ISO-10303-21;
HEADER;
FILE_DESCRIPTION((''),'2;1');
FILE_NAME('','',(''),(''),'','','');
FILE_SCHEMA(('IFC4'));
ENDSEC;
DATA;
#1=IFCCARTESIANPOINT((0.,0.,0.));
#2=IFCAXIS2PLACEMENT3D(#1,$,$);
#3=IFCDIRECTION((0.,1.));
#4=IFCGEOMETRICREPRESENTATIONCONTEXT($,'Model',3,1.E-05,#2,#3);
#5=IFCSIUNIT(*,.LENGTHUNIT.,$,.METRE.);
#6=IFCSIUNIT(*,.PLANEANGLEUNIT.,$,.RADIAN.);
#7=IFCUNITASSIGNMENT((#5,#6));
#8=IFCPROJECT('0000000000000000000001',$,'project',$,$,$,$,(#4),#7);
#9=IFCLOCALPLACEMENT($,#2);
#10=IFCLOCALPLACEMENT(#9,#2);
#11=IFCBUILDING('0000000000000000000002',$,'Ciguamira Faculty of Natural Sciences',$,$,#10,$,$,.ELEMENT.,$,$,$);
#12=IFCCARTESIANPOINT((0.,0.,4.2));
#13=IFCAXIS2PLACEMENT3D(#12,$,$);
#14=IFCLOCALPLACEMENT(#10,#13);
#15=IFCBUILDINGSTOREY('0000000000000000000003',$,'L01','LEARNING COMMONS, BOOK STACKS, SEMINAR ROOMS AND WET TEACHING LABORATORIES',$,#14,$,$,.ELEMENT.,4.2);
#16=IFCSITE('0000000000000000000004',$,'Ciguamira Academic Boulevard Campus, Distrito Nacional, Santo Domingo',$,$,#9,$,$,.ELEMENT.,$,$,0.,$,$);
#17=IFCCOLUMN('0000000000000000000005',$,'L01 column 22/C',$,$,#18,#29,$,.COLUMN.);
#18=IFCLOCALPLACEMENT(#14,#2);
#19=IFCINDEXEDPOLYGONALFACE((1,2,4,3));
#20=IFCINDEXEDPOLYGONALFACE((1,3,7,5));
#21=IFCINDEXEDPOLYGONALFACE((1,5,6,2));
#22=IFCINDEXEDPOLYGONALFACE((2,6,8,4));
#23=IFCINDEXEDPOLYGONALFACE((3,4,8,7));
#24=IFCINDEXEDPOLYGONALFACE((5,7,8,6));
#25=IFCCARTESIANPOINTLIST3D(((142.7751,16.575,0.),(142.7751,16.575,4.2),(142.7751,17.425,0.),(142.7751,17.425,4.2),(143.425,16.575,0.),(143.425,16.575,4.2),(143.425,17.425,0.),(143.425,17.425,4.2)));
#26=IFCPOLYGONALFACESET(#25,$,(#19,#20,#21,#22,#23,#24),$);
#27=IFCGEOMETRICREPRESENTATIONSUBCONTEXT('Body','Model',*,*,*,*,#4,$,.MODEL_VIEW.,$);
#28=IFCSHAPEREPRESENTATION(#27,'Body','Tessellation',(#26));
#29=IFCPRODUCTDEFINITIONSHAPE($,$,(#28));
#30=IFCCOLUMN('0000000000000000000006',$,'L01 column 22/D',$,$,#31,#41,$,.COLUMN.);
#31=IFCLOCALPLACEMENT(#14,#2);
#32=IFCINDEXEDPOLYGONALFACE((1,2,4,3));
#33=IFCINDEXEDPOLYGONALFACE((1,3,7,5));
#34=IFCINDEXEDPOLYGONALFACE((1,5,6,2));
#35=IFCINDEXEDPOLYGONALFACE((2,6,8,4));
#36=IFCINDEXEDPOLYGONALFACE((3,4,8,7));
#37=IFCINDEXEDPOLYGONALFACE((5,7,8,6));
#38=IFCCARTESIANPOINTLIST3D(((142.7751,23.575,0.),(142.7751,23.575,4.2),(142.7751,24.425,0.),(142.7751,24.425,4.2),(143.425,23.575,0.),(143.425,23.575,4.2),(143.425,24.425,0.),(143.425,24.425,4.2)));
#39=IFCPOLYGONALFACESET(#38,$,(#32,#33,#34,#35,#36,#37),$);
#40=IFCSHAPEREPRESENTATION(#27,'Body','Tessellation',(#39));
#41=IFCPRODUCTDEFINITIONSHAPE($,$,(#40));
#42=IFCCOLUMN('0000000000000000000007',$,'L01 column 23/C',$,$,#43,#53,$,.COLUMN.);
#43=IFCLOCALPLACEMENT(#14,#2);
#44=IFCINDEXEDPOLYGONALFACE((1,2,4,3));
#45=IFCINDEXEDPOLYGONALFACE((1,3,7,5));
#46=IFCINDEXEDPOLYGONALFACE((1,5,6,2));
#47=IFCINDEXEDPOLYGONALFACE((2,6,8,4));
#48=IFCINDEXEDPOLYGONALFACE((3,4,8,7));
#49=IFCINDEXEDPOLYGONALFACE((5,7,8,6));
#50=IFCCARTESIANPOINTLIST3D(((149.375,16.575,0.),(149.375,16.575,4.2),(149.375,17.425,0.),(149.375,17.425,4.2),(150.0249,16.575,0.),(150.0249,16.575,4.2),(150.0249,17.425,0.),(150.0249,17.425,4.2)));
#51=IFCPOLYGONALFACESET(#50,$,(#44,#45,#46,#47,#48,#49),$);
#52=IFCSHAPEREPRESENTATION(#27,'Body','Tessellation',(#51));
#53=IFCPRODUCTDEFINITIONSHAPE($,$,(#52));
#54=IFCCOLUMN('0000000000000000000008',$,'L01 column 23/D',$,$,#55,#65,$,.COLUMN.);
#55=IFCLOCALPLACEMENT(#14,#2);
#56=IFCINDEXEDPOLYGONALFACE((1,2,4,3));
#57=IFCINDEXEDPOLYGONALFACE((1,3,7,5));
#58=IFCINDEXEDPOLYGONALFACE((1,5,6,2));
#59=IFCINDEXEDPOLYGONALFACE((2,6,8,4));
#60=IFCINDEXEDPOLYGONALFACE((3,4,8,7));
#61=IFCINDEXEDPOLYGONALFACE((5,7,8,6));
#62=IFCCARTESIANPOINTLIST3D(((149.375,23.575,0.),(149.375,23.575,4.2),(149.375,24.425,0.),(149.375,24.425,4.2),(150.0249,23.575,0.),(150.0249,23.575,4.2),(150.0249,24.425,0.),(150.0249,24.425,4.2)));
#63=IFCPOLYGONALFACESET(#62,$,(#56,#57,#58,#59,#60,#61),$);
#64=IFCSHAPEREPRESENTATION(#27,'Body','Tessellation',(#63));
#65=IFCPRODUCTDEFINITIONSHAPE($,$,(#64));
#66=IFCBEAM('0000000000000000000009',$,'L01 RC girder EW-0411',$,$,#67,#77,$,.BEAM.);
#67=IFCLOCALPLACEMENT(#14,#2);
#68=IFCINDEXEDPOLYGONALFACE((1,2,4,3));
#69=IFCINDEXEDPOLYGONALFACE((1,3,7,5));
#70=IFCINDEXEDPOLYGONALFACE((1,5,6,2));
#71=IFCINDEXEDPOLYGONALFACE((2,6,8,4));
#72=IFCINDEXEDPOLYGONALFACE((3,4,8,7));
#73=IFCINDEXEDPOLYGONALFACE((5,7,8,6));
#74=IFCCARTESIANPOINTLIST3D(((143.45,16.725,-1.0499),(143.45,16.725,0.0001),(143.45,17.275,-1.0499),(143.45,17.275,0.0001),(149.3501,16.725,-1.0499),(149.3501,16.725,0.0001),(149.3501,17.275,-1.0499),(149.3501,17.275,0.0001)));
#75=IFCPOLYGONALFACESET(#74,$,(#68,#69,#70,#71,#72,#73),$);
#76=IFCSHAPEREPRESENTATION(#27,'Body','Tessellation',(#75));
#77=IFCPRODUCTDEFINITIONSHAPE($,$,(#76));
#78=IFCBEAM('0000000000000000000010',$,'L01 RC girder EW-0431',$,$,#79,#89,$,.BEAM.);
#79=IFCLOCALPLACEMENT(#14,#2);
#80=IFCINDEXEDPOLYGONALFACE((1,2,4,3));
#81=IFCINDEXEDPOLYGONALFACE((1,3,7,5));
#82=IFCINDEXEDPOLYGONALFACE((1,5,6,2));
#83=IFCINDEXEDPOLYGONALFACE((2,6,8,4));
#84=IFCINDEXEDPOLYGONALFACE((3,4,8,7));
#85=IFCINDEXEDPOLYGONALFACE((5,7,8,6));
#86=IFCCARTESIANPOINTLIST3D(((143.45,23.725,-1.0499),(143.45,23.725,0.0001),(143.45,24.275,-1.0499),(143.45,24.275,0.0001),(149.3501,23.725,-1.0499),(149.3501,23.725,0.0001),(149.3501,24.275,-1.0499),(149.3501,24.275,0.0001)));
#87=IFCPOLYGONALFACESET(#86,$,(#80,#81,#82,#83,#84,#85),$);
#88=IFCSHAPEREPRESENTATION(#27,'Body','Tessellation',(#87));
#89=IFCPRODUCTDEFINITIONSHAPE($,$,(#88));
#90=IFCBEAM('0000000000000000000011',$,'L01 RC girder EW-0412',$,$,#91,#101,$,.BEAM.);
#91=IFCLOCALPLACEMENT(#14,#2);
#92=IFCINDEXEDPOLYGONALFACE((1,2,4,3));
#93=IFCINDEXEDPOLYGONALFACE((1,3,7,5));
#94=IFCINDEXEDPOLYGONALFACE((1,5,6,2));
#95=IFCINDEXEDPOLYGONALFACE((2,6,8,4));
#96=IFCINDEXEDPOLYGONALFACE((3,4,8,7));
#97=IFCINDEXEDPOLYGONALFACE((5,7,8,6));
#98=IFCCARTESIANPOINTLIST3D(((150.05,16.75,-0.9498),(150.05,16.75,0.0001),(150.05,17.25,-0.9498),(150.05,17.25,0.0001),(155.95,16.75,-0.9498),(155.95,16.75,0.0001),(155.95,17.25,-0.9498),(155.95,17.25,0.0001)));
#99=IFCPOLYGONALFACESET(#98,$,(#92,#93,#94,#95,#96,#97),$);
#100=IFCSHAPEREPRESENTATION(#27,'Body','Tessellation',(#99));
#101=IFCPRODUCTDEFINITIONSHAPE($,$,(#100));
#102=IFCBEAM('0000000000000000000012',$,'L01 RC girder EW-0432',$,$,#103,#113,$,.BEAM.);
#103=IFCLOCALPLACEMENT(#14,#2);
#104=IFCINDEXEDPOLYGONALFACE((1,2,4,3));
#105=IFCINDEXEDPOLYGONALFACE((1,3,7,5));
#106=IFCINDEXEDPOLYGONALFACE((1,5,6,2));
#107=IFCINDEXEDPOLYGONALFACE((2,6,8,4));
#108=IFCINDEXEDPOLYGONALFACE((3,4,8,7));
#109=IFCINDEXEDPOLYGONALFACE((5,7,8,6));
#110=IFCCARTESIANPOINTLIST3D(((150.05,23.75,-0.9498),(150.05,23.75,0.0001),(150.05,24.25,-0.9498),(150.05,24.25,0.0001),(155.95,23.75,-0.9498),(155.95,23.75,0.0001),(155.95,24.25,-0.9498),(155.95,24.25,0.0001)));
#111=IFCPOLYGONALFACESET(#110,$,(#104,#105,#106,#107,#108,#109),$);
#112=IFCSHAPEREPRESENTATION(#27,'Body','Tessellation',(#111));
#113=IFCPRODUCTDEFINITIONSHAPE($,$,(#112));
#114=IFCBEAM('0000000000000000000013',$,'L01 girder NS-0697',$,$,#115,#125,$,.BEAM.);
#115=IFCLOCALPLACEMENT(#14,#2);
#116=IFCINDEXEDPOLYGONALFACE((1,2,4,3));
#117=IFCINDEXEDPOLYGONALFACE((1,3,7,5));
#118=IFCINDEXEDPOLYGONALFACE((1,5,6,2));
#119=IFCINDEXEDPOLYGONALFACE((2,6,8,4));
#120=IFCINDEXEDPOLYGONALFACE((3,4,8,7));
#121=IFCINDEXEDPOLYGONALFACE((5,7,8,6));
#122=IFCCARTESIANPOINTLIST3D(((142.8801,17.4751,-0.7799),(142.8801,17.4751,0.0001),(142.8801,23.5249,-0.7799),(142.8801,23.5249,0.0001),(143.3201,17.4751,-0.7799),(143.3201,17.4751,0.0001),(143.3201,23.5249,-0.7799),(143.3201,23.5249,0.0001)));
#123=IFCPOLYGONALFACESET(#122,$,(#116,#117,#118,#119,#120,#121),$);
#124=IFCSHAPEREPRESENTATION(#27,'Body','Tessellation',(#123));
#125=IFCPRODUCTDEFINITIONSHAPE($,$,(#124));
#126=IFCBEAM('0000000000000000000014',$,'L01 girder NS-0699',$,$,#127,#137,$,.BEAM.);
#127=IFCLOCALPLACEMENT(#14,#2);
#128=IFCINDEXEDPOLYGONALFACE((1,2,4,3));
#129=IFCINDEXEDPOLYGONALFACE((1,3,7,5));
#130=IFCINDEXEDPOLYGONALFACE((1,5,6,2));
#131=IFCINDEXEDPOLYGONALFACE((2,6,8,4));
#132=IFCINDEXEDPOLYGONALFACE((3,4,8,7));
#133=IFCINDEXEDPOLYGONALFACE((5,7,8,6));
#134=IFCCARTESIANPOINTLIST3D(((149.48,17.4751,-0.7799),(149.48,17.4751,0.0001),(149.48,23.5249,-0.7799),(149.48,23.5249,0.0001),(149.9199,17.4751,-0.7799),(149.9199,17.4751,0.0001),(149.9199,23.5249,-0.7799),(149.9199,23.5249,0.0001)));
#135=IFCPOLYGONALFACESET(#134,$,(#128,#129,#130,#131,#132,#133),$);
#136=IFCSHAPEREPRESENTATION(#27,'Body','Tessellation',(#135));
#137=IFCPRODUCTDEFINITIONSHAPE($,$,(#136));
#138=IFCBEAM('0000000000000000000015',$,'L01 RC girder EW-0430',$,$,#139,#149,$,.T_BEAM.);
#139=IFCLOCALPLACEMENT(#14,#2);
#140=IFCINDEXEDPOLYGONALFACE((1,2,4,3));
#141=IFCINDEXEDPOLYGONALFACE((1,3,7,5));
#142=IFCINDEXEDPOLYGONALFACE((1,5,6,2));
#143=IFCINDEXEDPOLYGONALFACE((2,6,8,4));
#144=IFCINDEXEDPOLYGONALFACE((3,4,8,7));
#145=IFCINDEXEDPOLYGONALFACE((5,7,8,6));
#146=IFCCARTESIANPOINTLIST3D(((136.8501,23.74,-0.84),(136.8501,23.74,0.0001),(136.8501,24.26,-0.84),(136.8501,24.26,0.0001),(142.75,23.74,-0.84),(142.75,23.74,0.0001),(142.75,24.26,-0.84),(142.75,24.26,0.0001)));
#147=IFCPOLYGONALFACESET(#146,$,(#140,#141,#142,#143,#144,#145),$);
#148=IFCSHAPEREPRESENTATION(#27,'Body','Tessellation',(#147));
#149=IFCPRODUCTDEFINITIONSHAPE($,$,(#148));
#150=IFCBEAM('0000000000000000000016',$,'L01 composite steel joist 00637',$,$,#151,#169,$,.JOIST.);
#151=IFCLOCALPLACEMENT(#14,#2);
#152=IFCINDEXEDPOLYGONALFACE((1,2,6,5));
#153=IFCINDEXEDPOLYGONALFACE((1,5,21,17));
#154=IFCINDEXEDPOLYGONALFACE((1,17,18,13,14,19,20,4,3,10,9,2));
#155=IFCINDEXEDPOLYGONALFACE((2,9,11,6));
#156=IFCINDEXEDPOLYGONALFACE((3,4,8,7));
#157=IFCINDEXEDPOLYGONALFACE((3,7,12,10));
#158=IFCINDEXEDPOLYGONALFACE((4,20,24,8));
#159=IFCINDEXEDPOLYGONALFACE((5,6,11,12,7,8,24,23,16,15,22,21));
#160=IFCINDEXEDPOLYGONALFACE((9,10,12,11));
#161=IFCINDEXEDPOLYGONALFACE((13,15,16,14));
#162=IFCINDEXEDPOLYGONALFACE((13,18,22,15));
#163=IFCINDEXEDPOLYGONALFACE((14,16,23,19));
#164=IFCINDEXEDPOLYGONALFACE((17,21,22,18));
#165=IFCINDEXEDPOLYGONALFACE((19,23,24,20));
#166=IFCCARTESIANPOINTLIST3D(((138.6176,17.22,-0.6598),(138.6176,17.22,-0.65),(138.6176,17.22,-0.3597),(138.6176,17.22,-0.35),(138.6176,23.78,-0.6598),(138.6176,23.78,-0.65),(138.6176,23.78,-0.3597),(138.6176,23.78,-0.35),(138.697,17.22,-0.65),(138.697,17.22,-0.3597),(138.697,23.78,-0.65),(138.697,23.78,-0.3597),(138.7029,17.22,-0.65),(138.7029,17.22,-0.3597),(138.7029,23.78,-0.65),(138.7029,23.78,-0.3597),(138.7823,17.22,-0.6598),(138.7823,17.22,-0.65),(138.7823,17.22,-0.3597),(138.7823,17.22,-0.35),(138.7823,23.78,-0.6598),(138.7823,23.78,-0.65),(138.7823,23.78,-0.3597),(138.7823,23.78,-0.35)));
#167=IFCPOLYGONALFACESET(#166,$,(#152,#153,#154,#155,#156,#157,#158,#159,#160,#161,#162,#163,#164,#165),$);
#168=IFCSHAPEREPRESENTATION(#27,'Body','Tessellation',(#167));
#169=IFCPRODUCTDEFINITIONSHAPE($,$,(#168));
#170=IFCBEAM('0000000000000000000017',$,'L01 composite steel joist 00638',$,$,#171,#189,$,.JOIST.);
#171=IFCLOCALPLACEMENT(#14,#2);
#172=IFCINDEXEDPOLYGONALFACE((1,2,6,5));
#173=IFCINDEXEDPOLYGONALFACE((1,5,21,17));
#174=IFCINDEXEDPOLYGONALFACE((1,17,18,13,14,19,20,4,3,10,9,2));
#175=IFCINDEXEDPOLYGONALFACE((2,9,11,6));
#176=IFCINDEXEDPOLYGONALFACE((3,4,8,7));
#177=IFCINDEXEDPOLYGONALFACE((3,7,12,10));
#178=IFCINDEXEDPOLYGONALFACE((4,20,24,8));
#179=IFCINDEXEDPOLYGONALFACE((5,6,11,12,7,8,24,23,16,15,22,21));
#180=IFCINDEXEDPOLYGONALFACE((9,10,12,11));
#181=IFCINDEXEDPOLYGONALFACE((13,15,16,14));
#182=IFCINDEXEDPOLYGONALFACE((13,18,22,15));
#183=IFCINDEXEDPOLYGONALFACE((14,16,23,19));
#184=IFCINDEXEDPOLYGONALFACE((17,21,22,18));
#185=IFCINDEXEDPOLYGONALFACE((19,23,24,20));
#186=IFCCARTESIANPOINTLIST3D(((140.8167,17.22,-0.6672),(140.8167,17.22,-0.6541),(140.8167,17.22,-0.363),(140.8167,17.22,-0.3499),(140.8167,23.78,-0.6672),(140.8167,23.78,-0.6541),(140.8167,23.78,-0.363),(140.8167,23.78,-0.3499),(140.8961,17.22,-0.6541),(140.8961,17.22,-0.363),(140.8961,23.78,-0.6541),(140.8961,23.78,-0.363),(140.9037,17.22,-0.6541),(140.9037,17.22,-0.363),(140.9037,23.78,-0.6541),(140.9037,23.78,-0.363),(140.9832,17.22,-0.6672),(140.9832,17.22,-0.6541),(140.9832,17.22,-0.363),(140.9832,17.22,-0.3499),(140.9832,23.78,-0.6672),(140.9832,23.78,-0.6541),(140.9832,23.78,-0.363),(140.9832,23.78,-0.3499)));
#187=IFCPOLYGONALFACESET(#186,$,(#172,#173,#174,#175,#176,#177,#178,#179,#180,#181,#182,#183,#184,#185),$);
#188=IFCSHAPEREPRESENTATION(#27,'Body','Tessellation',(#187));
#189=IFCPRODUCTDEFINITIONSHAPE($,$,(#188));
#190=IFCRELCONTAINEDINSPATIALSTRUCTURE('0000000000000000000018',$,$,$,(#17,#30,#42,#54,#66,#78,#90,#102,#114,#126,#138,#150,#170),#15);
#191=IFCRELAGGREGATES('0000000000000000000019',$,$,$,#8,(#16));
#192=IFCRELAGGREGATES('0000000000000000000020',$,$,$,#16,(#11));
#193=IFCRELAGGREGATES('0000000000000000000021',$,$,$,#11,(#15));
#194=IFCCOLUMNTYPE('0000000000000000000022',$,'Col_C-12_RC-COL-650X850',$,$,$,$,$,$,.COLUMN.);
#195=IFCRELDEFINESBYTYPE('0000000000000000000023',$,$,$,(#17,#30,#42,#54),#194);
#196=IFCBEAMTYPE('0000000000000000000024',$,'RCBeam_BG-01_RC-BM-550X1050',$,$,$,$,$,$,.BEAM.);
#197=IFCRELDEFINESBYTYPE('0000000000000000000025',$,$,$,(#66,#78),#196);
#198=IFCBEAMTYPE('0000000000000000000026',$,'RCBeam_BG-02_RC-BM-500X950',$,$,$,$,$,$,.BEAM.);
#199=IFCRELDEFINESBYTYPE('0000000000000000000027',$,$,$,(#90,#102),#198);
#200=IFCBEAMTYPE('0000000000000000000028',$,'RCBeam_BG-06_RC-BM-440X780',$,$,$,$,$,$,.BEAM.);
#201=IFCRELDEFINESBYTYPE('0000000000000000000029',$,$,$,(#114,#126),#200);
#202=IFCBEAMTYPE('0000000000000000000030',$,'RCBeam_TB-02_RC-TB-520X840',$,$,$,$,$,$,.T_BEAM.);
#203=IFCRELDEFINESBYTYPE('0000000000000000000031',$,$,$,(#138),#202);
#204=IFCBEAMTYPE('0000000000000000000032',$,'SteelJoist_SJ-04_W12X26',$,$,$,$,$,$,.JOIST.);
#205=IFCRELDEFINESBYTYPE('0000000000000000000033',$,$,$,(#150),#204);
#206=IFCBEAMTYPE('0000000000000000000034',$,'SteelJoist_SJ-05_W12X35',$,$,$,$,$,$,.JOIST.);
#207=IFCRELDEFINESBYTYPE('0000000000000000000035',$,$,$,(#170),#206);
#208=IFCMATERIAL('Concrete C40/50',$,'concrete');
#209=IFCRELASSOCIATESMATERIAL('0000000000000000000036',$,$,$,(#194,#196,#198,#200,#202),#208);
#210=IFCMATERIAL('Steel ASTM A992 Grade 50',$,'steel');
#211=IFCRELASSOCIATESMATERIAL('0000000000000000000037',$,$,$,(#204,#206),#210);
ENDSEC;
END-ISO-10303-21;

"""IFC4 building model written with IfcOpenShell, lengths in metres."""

from ifc_helpers import new_model, si_unit, direction, frame, origin, origin_2d, place, context, subcontext, project, spatial, rectangle, i_section, extrude, material, material_profile, profile_set, type_object, element, save


model = new_model("IFC4")

# Units and contexts
model_context = context("Model", 3, precision=1e-05, world=origin(), true_north=direction((0.0, 1.0)))
body_context = subcontext(model_context, "Body", "Model", "MODEL_VIEW")
ifc_project = project(units=[si_unit("LENGTHUNIT", "METRE"), si_unit("PLANEANGLEUNIT", "RADIAN")], contexts=[model_context])

# Site, building, storey
site_placement = place(None, origin())
site = spatial("IfcSite", under=ifc_project, at=site_placement, Name="Ciguamira Academic Boulevard Campus, Distrito Nacional, Santo Domingo", CompositionType="ELEMENT", RefElevation=0.0)
building_placement = place(site_placement, origin())
building = spatial("IfcBuilding", under=site, at=building_placement, Name="Ciguamira Faculty of Natural Sciences", CompositionType="ELEMENT")
storey_placement = place(building_placement, frame((0.0, 0.0, 4.2)))
storey = spatial("IfcBuildingStorey", under=building, at=storey_placement, Name="L01", Description="LEARNING COMMONS, BOOK STACKS, SEMINAR ROOMS AND WET TEACHING LABORATORIES", CompositionType="ELEMENT", Elevation=4.2)

# Columns
ifc_material_1 = material(Name="Concrete C40/50", Category="concrete")
ifc_material_profile_1 = material_profile(ifc_material_1, rectangle(XDim=0.6499, YDim=0.8501, at=origin_2d()), Name="RC-COL-650X850")
ifc_profile_set_1 = profile_set([ifc_material_profile_1], Name="Concrete C40/50")
column_type = type_object("IfcColumnType", Name="Col_C-12_RC-COL-650X850", PredefinedType="COLUMN", material=ifc_profile_set_1)
for number, where, z_axis, x_axis, name in (
    (1, (143.1001, 17.0, 0.0), (0.0, 0.0, 1.0), (1.0, 0.0, 0.0), "L01 column 22/C"),
    (2, (143.1001, 24.0, 0.0), (0.0, 0.0, 1.0), (1.0, 0.0, 0.0), "L01 column 22/D"),
    (3, (149.7, 17.0, 0.0), (0.0, 0.0, 1.0), (1.0, 0.0, 0.0), "L01 column 23/C"),
    (4, (149.7, 24.0, 0.0), (0.0, 0.0, 1.0), (1.0, 0.0, 0.0), "L01 column 23/D"),
):
    element("IfcColumn", number, at=place(storey_placement, frame(where, z_axis=z_axis, x_axis=x_axis)), inside=storey, type_object=column_type, Name=name, PredefinedType="COLUMN", context=body_context, shape_type="SweptSolid", body=[
        extrude(rectangle(XDim=0.6499, YDim=0.8501, at=origin_2d()), origin(), (0.0, 0.0, 1.0), 4.2),
    ])

# Beams
ifc_material_profile_2 = material_profile(ifc_material_1, rectangle(XDim=0.55, YDim=1.05, at=origin_2d()), Name="RC-BM-550X1050")
ifc_profile_set_2 = profile_set([ifc_material_profile_2], Name="Concrete C40/50")
beam_type_1 = type_object("IfcBeamType", Name="RCBeam_BG-01_RC-BM-550X1050", PredefinedType="BEAM", material=ifc_profile_set_2)
for number, where, z_axis, x_axis, name in (
    (5, (143.45, 17.0, -0.5249), (1.0, 0.0, 0.0), (0.0, 1.0, 0.0), "L01 RC girder EW-0411"),
    (6, (143.45, 24.0, -0.5249), (1.0, 0.0, 0.0), (0.0, 1.0, 0.0), "L01 RC girder EW-0431"),
):
    element("IfcBeam", number, at=place(storey_placement, frame(where, z_axis=z_axis, x_axis=x_axis)), inside=storey, type_object=beam_type_1, Name=name, PredefinedType="BEAM", context=body_context, shape_type="SweptSolid", body=[
        extrude(rectangle(XDim=0.55, YDim=1.05, at=origin_2d()), origin(), (0.0, 0.0, 1.0), 5.9001),
    ])
ifc_material_profile_3 = material_profile(ifc_material_1, rectangle(XDim=0.5, YDim=0.95, at=origin_2d()), Name="RC-BM-500X950")
ifc_profile_set_3 = profile_set([ifc_material_profile_3], Name="Concrete C40/50")
beam_type_2 = type_object("IfcBeamType", Name="RCBeam_BG-02_RC-BM-500X950", PredefinedType="BEAM", material=ifc_profile_set_3)
for number, where, z_axis, x_axis, name in (
    (7, (150.05, 17.0, -0.4749), (1.0, 0.0, 0.0), (0.0, 1.0, 0.0), "L01 RC girder EW-0412"),
    (8, (150.05, 24.0, -0.4749), (1.0, 0.0, 0.0), (0.0, 1.0, 0.0), "L01 RC girder EW-0432"),
):
    element("IfcBeam", number, at=place(storey_placement, frame(where, z_axis=z_axis, x_axis=x_axis)), inside=storey, type_object=beam_type_2, Name=name, PredefinedType="BEAM", context=body_context, shape_type="SweptSolid", body=[
        extrude(rectangle(XDim=0.5, YDim=0.95, at=origin_2d()), origin(), (0.0, 0.0, 1.0), 5.8999),
    ])
ifc_material_profile_4 = material_profile(ifc_material_1, rectangle(XDim=0.4399, YDim=0.78, at=origin_2d()), Name="RC-BM-440X780")
ifc_profile_set_4 = profile_set([ifc_material_profile_4], Name="Concrete C40/50")
beam_type_3 = type_object("IfcBeamType", Name="RCBeam_BG-06_RC-BM-440X780", PredefinedType="BEAM", material=ifc_profile_set_4)
for number, where, z_axis, x_axis, name in (
    (9, (143.1001, 17.4751, -0.3899), (0.0, 1.0, 0.0), (-1.0, 0.0, 0.0), "L01 girder NS-0697"),
    (10, (149.7, 17.4751, -0.3899), (0.0, 1.0, 0.0), (-1.0, 0.0, 0.0), "L01 girder NS-0699"),
):
    element("IfcBeam", number, at=place(storey_placement, frame(where, z_axis=z_axis, x_axis=x_axis)), inside=storey, type_object=beam_type_3, Name=name, PredefinedType="BEAM", context=body_context, shape_type="SweptSolid", body=[
        extrude(rectangle(XDim=0.4399, YDim=0.78, at=origin_2d()), origin(), (0.0, 0.0, 1.0), 6.0498),
    ])
ifc_material_profile_5 = material_profile(ifc_material_1, rectangle(XDim=0.52, YDim=0.8401, at=origin_2d()), Name="RC-TB-520X840")
ifc_profile_set_5 = profile_set([ifc_material_profile_5], Name="Concrete C40/50")
beam_type_4 = type_object("IfcBeamType", Name="RCBeam_TB-02_RC-TB-520X840", PredefinedType="T_BEAM", material=ifc_profile_set_5)
beam_1_placement = place(storey_placement, frame((136.8501, 24.0, -0.4199), z_axis=(1.0, 0.0, 0.0), x_axis=(0.0, 1.0, 0.0)))
element("IfcBeam", 11, at=beam_1_placement, inside=storey, type_object=beam_type_4, Name="L01 RC girder EW-0430", PredefinedType="T_BEAM", context=body_context, shape_type="SweptSolid", body=[
    extrude(rectangle(XDim=0.52, YDim=0.8401, at=origin_2d()), origin(), (0.0, 0.0, 1.0), 5.8999),
])
ifc_material_2 = material(Name="Steel ASTM A992 Grade 50", Category="steel")
ifc_material_profile_6 = material_profile(ifc_material_2, i_section(OverallWidth=0.1648, OverallDepth=0.3098, WebThickness=0.0059, FlangeThickness=0.0098, at=origin_2d()), Name="W12X26")
ifc_profile_set_6 = profile_set([ifc_material_profile_6], Name="Steel ASTM A992 Grade 50")
beam_type_5 = type_object("IfcBeamType", Name="SteelJoist_SJ-04_W12X26", PredefinedType="JOIST", material=ifc_profile_set_6)
beam_2_placement = place(storey_placement, frame((138.7, 17.22, -0.5049), z_axis=(0.0, 1.0, 0.0), x_axis=(-1.0, 0.0, 0.0)))
element("IfcBeam", 12, at=beam_2_placement, inside=storey, type_object=beam_type_5, Name="L01 composite steel joist 00637", PredefinedType="JOIST", context=body_context, shape_type="SweptSolid", body=[
    extrude(i_section(OverallWidth=0.1648, OverallDepth=0.3098, WebThickness=0.0059, FlangeThickness=0.0098, at=origin_2d()), origin(), (0.0, 0.0, 1.0), 6.5601),
])
ifc_material_profile_7 = material_profile(ifc_material_2, i_section(OverallWidth=0.1665, OverallDepth=0.3174, WebThickness=0.0076, FlangeThickness=0.0132, at=origin_2d()), Name="W12X35")
ifc_profile_set_7 = profile_set([ifc_material_profile_7], Name="Steel ASTM A992 Grade 50")
beam_type_6 = type_object("IfcBeamType", Name="SteelJoist_SJ-05_W12X35", PredefinedType="JOIST", material=ifc_profile_set_7)
beam_3_placement = place(storey_placement, frame((140.8999, 17.22, -0.5085), z_axis=(0.0, 1.0, 0.0), x_axis=(-1.0, 0.0, 0.0)))
element("IfcBeam", 13, at=beam_3_placement, inside=storey, type_object=beam_type_6, Name="L01 composite steel joist 00638", PredefinedType="JOIST", context=body_context, shape_type="SweptSolid", body=[
    extrude(i_section(OverallWidth=0.1665, OverallDepth=0.3174, WebThickness=0.0076, FlangeThickness=0.0132, at=origin_2d()), origin(), (0.0, 0.0, 1.0), 6.5601),
])

save(model, "model.ifc")
